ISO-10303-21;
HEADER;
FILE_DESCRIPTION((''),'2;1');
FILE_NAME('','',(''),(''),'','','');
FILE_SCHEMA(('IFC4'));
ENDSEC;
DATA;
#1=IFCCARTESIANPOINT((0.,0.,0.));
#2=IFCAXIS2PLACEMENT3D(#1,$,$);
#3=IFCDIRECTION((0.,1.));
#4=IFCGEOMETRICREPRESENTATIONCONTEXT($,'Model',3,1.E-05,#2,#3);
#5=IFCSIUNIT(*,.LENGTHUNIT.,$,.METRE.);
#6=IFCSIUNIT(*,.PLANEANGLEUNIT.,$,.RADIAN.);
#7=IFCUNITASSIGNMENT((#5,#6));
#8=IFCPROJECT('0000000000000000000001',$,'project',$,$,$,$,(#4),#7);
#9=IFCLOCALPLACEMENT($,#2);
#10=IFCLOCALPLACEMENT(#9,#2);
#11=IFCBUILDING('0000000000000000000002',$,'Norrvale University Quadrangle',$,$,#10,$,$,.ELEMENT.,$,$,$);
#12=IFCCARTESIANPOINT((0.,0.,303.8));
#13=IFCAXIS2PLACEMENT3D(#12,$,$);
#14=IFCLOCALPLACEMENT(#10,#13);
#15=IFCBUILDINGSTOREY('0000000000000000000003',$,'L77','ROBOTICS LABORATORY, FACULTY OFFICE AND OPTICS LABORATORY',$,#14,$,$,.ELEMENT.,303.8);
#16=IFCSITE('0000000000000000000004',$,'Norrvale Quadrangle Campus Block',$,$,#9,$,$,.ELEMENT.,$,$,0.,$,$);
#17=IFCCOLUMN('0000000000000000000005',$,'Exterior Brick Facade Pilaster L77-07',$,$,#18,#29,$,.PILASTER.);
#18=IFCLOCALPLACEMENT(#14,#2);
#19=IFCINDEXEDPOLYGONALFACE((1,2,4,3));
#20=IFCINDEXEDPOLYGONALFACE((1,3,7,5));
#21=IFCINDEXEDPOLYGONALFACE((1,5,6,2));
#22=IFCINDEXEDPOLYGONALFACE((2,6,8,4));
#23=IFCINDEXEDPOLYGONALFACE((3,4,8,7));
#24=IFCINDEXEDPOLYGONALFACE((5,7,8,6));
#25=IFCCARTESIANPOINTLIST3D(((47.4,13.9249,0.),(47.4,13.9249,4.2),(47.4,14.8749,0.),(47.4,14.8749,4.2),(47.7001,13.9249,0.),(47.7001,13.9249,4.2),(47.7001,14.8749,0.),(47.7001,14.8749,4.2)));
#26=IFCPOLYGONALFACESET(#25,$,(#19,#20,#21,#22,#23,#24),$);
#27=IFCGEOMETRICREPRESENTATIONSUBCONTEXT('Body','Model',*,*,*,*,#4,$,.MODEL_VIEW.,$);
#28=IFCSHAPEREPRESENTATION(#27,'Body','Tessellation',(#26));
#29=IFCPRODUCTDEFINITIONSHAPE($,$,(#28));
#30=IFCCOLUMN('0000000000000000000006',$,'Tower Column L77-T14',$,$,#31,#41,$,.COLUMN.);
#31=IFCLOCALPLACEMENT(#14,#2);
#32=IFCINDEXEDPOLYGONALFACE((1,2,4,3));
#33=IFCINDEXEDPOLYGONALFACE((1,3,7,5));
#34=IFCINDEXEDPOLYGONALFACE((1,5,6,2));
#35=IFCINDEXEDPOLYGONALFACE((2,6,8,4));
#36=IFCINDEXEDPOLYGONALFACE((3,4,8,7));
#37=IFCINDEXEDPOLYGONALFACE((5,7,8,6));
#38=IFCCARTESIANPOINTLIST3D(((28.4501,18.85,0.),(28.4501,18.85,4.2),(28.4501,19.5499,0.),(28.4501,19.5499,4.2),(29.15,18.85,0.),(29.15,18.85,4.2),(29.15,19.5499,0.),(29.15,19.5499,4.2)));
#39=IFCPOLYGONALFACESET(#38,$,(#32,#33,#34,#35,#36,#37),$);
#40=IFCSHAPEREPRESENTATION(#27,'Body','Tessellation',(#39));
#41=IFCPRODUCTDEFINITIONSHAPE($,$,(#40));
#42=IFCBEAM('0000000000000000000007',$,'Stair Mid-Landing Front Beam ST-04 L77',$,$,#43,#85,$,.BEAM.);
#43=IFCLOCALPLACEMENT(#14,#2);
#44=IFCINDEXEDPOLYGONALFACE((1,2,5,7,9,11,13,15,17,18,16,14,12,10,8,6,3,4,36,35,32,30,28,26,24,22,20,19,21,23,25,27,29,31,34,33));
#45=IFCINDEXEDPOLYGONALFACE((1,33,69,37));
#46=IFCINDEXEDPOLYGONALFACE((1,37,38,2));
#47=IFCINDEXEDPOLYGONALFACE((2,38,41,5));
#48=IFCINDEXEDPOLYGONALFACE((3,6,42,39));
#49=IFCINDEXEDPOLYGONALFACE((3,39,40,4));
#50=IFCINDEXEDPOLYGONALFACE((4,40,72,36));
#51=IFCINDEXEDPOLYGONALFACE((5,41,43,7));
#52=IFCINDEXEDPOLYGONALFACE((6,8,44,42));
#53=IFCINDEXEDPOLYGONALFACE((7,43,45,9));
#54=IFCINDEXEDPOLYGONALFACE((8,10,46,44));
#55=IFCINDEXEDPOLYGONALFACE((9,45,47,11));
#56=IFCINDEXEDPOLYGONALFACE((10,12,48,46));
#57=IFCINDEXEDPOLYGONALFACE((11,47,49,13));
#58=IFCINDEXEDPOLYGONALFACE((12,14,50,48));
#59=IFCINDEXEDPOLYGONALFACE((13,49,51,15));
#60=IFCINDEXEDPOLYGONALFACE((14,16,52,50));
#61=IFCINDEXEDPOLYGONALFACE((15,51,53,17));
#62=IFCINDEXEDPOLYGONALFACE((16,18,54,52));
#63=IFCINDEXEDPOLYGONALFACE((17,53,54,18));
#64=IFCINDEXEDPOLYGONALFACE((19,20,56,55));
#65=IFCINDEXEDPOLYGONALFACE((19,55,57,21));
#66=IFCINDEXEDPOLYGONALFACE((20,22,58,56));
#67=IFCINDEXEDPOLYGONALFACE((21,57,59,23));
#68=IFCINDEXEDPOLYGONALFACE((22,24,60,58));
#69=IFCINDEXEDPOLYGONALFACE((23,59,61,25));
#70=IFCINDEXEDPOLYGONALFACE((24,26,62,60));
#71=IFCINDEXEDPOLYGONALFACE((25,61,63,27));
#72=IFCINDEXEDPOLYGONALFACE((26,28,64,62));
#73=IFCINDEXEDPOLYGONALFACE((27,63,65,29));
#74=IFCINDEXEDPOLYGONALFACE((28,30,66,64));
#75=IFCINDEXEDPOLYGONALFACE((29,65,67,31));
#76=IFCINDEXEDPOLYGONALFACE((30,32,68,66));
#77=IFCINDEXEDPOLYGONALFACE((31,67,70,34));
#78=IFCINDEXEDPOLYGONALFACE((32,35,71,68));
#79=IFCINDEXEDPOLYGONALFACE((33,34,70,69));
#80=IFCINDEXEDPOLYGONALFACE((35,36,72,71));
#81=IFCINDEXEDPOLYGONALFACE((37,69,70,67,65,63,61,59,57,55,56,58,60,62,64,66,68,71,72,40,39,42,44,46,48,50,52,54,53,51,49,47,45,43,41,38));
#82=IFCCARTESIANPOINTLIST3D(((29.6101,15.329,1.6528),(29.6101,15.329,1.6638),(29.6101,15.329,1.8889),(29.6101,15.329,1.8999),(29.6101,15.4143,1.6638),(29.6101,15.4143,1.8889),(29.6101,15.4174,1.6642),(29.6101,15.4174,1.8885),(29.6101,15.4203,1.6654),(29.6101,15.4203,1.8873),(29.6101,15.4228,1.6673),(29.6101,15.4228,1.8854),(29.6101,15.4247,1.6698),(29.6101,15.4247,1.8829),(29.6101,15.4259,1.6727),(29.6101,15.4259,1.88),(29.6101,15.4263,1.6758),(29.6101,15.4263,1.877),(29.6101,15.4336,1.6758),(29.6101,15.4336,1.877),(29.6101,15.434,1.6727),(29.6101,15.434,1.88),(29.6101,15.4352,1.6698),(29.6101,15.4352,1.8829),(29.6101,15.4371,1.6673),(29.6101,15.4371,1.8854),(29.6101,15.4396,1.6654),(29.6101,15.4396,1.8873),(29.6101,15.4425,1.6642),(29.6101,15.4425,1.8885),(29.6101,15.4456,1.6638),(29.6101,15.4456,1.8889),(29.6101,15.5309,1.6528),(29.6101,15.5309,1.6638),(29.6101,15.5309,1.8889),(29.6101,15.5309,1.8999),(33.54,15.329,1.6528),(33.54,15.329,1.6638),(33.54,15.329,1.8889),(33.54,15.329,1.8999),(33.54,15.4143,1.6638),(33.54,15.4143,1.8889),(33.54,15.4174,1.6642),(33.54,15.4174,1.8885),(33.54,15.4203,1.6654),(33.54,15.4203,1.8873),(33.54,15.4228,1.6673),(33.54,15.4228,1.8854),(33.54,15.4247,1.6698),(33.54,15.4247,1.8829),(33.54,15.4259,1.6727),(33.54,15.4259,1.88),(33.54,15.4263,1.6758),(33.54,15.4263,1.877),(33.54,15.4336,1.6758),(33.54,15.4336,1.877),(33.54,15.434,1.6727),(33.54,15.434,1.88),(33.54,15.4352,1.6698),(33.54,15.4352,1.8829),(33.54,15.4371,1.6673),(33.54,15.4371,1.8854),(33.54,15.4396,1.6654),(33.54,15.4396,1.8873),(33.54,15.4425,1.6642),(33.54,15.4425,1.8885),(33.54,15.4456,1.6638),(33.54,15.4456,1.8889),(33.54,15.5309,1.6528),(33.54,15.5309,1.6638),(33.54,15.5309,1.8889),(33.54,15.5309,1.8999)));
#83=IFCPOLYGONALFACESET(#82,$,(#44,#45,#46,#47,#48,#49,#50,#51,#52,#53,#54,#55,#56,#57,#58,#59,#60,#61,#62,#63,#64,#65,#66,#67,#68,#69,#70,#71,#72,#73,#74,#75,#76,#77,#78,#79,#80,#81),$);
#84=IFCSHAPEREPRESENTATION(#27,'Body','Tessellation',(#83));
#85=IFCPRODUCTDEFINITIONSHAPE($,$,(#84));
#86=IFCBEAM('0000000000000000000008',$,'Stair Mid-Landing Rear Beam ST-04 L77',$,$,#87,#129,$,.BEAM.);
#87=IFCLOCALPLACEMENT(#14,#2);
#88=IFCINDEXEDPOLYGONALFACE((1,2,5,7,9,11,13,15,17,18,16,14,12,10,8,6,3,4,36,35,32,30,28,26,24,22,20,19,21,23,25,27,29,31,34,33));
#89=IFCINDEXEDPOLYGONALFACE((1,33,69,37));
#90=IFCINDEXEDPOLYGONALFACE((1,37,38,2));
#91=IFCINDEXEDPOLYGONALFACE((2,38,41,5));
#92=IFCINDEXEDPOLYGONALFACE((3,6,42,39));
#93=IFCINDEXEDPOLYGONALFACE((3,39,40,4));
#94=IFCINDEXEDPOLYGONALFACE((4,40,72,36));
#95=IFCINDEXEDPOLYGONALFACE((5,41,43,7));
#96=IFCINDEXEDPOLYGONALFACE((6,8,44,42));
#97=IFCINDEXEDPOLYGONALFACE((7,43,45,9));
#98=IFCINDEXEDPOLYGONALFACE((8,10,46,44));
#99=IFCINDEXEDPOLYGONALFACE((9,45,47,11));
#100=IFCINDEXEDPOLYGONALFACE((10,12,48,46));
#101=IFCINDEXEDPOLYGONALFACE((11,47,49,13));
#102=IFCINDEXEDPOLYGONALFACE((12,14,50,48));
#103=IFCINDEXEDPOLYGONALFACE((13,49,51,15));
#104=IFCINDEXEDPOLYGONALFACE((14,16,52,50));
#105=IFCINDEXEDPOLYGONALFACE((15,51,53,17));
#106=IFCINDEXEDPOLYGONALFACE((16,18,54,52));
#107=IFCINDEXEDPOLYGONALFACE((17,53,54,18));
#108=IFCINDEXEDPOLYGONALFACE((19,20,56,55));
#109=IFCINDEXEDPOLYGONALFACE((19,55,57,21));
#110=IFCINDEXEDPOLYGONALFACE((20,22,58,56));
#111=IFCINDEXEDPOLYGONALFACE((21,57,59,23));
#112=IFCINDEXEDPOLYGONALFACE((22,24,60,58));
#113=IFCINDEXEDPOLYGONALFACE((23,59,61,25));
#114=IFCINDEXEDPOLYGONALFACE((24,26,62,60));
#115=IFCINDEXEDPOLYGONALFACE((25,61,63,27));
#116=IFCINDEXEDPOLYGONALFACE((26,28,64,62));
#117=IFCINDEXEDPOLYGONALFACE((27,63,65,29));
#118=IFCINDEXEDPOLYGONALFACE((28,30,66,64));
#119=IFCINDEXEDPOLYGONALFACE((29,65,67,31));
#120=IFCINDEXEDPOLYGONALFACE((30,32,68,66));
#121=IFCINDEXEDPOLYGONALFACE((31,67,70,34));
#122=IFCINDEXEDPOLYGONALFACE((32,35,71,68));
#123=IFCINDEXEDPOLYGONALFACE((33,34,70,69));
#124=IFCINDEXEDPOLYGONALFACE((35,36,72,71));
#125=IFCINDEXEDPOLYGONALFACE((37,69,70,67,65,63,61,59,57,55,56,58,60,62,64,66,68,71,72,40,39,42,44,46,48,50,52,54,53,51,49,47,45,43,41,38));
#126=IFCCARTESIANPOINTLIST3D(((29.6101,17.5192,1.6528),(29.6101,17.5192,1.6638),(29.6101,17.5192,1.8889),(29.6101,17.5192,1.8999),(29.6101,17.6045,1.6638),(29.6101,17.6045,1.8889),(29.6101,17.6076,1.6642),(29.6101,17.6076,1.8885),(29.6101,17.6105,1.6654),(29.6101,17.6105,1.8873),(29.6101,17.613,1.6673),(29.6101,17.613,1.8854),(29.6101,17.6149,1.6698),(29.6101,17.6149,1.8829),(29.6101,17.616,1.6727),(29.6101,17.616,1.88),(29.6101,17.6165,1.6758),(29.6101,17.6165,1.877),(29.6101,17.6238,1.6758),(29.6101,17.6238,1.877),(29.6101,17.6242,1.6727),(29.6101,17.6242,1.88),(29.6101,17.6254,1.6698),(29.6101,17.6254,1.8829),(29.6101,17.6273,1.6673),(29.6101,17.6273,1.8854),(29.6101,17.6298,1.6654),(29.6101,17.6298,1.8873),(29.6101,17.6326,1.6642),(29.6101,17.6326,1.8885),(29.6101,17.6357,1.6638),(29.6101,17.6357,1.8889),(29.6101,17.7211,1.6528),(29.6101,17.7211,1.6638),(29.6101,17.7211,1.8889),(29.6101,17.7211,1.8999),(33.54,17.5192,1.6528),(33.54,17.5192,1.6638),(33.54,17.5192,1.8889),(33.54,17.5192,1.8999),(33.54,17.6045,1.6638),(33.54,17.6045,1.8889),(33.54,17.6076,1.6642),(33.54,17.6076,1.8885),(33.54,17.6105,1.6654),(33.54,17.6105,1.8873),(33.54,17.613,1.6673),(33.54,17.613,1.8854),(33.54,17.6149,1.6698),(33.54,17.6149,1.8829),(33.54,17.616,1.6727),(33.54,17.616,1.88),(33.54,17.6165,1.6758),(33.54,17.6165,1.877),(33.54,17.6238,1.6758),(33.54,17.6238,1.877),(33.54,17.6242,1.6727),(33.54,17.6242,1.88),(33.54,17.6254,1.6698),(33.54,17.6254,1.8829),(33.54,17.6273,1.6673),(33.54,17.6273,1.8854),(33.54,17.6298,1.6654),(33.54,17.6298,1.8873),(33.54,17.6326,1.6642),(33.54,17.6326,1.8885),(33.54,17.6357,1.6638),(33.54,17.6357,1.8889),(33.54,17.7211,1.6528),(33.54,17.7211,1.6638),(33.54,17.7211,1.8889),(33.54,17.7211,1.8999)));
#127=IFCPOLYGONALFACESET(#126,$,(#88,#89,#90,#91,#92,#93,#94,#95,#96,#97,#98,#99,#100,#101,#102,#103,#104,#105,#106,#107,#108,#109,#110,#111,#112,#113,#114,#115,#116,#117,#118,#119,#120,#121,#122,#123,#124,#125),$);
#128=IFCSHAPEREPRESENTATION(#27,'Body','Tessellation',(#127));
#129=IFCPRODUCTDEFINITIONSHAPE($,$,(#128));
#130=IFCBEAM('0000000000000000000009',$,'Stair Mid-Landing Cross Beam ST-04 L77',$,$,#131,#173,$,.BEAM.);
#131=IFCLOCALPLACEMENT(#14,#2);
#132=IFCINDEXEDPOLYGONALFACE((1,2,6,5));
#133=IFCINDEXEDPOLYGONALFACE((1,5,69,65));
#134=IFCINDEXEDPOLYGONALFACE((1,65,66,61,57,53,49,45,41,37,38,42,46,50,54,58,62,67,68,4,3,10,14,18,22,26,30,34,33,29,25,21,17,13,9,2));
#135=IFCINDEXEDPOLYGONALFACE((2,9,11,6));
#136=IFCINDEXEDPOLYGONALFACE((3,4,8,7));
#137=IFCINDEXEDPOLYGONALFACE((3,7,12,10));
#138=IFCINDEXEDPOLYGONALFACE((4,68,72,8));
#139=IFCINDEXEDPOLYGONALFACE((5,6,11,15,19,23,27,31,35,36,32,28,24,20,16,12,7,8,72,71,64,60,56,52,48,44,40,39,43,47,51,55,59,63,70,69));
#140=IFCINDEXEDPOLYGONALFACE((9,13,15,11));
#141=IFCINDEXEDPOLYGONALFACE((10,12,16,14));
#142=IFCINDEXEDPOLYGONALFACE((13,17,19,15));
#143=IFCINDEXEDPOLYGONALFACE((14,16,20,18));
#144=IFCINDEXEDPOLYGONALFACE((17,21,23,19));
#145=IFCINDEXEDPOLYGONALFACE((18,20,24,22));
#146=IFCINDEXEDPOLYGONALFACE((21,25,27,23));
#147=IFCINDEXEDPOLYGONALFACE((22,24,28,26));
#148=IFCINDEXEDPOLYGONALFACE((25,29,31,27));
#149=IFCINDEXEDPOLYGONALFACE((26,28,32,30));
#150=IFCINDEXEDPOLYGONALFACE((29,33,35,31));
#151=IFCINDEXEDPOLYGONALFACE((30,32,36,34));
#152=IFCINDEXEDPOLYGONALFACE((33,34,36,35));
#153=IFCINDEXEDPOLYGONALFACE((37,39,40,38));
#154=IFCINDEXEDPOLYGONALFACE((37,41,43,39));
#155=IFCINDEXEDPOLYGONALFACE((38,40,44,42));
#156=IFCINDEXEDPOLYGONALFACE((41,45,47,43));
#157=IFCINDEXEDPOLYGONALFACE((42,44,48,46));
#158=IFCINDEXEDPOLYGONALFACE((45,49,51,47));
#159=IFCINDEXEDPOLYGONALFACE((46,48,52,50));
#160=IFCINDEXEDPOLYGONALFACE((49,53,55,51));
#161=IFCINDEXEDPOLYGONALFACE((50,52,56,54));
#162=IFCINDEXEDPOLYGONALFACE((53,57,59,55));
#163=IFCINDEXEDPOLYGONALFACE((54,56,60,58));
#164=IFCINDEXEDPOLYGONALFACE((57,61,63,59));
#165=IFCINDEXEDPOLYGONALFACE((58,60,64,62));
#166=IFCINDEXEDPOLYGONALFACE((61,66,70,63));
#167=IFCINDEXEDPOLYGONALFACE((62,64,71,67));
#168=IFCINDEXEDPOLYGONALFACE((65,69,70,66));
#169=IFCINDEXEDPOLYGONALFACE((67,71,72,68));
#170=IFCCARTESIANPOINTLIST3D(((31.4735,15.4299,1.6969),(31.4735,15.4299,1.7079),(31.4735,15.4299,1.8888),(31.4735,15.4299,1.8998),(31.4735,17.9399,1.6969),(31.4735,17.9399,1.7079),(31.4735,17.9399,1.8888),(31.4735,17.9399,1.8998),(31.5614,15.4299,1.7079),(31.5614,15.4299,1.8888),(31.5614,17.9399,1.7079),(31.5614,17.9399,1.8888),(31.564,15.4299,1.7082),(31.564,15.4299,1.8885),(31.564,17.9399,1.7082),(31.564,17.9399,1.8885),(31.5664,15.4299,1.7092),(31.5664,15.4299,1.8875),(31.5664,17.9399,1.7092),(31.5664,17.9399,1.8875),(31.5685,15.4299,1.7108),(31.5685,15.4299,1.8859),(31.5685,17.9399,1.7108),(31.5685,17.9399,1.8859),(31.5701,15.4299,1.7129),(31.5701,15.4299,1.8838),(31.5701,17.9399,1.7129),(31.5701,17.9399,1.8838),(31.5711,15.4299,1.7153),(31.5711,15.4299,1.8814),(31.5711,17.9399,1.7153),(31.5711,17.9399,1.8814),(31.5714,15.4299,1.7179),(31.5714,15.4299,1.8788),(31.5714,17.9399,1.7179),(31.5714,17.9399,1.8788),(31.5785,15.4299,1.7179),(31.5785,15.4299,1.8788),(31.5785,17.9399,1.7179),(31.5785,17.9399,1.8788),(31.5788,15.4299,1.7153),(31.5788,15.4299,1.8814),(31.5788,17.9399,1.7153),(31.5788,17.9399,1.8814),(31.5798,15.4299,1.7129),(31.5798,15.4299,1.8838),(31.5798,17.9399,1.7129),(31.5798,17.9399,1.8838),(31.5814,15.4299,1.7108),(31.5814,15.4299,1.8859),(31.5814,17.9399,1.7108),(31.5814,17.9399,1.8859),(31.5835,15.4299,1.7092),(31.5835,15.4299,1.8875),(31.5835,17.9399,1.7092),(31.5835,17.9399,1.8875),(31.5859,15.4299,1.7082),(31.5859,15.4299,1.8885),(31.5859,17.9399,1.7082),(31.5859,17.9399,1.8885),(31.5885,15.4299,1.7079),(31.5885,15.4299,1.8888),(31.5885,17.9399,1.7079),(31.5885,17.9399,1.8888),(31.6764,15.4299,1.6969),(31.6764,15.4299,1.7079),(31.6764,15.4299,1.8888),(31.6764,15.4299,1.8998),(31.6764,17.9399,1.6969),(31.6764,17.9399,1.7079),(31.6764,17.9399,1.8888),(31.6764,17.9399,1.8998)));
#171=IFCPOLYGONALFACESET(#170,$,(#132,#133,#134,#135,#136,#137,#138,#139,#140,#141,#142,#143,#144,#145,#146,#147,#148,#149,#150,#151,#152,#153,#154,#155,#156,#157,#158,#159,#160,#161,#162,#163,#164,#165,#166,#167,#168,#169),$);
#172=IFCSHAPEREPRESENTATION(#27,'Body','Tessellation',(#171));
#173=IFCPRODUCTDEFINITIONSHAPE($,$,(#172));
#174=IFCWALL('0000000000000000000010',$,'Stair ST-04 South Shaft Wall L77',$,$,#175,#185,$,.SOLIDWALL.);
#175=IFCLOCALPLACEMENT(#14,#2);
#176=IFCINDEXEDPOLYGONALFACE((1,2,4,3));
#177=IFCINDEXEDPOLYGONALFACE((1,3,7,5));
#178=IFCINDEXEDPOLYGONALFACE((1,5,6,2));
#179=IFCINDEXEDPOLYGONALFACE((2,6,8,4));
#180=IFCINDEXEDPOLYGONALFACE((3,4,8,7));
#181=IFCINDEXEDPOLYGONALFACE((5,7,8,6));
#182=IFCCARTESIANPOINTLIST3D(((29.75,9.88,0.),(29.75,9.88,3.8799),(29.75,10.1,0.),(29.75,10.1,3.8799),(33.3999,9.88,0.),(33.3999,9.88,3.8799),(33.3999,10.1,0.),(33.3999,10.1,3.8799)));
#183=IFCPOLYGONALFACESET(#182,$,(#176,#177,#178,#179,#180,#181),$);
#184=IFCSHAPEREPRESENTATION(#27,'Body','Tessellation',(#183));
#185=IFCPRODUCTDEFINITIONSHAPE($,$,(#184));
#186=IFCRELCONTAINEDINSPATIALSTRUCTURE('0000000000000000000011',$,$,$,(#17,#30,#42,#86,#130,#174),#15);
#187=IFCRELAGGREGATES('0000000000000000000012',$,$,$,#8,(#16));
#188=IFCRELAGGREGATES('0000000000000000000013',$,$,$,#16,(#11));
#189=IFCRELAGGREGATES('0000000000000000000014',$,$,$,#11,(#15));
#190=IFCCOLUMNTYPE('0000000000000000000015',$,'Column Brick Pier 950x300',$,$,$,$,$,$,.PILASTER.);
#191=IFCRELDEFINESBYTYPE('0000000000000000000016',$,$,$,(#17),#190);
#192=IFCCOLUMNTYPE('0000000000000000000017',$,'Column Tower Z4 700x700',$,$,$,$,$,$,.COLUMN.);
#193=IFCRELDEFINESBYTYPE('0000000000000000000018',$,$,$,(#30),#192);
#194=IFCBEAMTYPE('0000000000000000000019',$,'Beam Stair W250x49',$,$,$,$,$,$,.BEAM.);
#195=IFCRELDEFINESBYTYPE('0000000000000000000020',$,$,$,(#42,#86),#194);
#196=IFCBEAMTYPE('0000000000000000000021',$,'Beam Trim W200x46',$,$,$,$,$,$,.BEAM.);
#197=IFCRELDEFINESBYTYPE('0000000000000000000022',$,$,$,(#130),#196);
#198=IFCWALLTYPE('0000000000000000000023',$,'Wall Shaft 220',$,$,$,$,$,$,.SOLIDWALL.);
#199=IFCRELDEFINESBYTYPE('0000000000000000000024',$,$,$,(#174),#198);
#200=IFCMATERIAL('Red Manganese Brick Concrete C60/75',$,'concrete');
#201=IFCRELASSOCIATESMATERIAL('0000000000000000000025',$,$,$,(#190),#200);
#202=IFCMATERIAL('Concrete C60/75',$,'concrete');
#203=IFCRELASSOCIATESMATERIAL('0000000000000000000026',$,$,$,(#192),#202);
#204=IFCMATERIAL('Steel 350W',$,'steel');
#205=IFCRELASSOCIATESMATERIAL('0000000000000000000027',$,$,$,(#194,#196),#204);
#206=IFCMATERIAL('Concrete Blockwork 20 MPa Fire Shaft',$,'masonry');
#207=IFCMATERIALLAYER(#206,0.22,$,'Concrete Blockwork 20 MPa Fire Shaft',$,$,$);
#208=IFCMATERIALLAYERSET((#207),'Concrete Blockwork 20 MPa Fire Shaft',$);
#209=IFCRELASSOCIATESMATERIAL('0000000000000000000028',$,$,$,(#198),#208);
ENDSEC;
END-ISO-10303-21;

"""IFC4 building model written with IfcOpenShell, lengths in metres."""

from ifc_helpers import new_model, si_unit, direction, frame, frame_2d, origin, origin_2d, place, context, subcontext, project, spatial, rectangle, i_section, extrude, material, layer, layer_set, material_profile, profile_set, type_object, element, save


model = new_model("IFC4")

# Units and contexts
model_context = context("Model", 3, precision=1e-05, world=origin(), true_north=direction((0.0, 1.0)))
body_context = subcontext(model_context, "Body", "Model", "MODEL_VIEW")
ifc_project = project(units=[si_unit("LENGTHUNIT", "METRE"), si_unit("PLANEANGLEUNIT", "RADIAN")], contexts=[model_context])

# Site, building, storey
site_placement = place(None, origin())
site = spatial("IfcSite", under=ifc_project, at=site_placement, Name="Norrvale Quadrangle Campus Block", CompositionType="ELEMENT", RefElevation=0.0)
building_placement = place(site_placement, origin())
building = spatial("IfcBuilding", under=site, at=building_placement, Name="Norrvale University Quadrangle", CompositionType="ELEMENT")
storey_placement = place(building_placement, frame((0.0, 0.0, 303.8)))
storey = spatial("IfcBuildingStorey", under=building, at=storey_placement, Name="L77", Description="ROBOTICS LABORATORY, FACULTY OFFICE AND OPTICS LABORATORY", CompositionType="ELEMENT", Elevation=303.8)

# Columns
ifc_material_1 = material(Name="Red Manganese Brick Concrete C60/75", Category="concrete")
ifc_material_profile_1 = material_profile(ifc_material_1, rectangle(XDim=0.95, YDim=0.3, at=origin_2d()), Name="Red Manganese Brick Concrete C60/75")
ifc_profile_set_1 = profile_set([ifc_material_profile_1], Name="Red Manganese Brick Concrete C60/75")
column_type_1 = type_object("IfcColumnType", Name="Column Brick Pier 950x300", PredefinedType="PILASTER", material=ifc_profile_set_1)
column_1_placement = place(storey_placement, frame((47.55, 14.3999, 0.0), z_axis=(0.0, 0.0, 1.0), x_axis=(0.0, 1.0, 0.0)))
element("IfcColumn", 1, at=column_1_placement, inside=storey, type_object=column_type_1, Name="Exterior Brick Facade Pilaster L77-07", PredefinedType="PILASTER", context=body_context, shape_type="SweptSolid", body=[
    extrude(rectangle(XDim=0.95, YDim=0.3, at=origin_2d()), origin(), (0.0, 0.0, 1.0), 4.2),
])
ifc_material_2 = material(Name="Concrete C60/75", Category="concrete")
ifc_material_profile_2 = material_profile(ifc_material_2, rectangle(XDim=0.7, YDim=0.7, at=origin_2d()), Name="Concrete C60/75")
ifc_profile_set_2 = profile_set([ifc_material_profile_2], Name="Concrete C60/75")
column_type_2 = type_object("IfcColumnType", Name="Column Tower Z4 700x700", PredefinedType="COLUMN", material=ifc_profile_set_2)
column_2_placement = place(storey_placement, frame((28.8, 19.2, 0.0), z_axis=(0.0, 0.0, 1.0), x_axis=(1.0, 0.0, 0.0)))
element("IfcColumn", 2, at=column_2_placement, inside=storey, type_object=column_type_2, Name="Tower Column L77-T14", PredefinedType="COLUMN", context=body_context, shape_type="SweptSolid", body=[
    extrude(rectangle(XDim=0.7, YDim=0.7, at=origin_2d()), origin(), (0.0, 0.0, 1.0), 4.2),
])

# Beams
ifc_material_3 = material(Name="Steel 350W", Category="steel")
ifc_material_profile_3 = material_profile(ifc_material_3, i_section(OverallWidth=0.2019, OverallDepth=0.2471, WebThickness=0.0073, FlangeThickness=0.011, FilletRadius=0.012, at=origin_2d()), Name="Steel 350W")
ifc_profile_set_3 = profile_set([ifc_material_profile_3], Name="Steel 350W")
beam_type_1 = type_object("IfcBeamType", Name="Beam Stair W250x49", PredefinedType="BEAM", material=ifc_profile_set_3)
for number, where, z_axis, x_axis, name in (
    (3, (29.6101, 15.4299, 1.7764), (1.0, 0.0, 0.0), (0.0, 1.0, 0.0), "Stair Mid-Landing Front Beam ST-04 L77"),
    (4, (29.6101, 17.6201, 1.7764), (1.0, 0.0, 0.0), (0.0, 1.0, 0.0), "Stair Mid-Landing Rear Beam ST-04 L77"),
):
    element("IfcBeam", number, at=place(storey_placement, frame(where, z_axis=z_axis, x_axis=x_axis)), inside=storey, type_object=beam_type_1, Name=name, PredefinedType="BEAM", context=body_context, shape_type="SweptSolid", body=[
        extrude(i_section(OverallWidth=0.2019, OverallDepth=0.2471, WebThickness=0.0073, FlangeThickness=0.011, FilletRadius=0.012, at=origin_2d()), origin(), (0.0, 0.0, 1.0), 3.9299),
    ])
ifc_material_profile_4 = material_profile(ifc_material_3, i_section(OverallWidth=0.2029, OverallDepth=0.2029, WebThickness=0.0071, FlangeThickness=0.011, FilletRadius=0.01, at=origin_2d()), Name="Steel 350W")
ifc_profile_set_4 = profile_set([ifc_material_profile_4], Name="Steel 350W")
beam_type_2 = type_object("IfcBeamType", Name="Beam Trim W200x46", PredefinedType="BEAM", material=ifc_profile_set_4)
beam_placement = place(storey_placement, frame((31.575, 15.4299, 1.7983), z_axis=(0.0, 1.0, 0.0), x_axis=(-1.0, 0.0, 0.0)))
element("IfcBeam", 5, at=beam_placement, inside=storey, type_object=beam_type_2, Name="Stair Mid-Landing Cross Beam ST-04 L77", PredefinedType="BEAM", context=body_context, shape_type="SweptSolid", body=[
    extrude(i_section(OverallWidth=0.2029, OverallDepth=0.2029, WebThickness=0.0071, FlangeThickness=0.011, FilletRadius=0.01, at=origin_2d()), origin(), (0.0, 0.0, 1.0), 2.51),
])

# Wall
ifc_material_4 = material(Name="Concrete Blockwork 20 MPa Fire Shaft", Category="masonry")
ifc_layer = layer(ifc_material_4, 0.22, Name="Concrete Blockwork 20 MPa Fire Shaft")
ifc_layer_set = layer_set([ifc_layer], Name="Concrete Blockwork 20 MPa Fire Shaft")
wall_type = type_object("IfcWallType", Name="Wall Shaft 220", PredefinedType="SOLIDWALL", material=ifc_layer_set)
wall_1_placement = place(storey_placement, frame((29.75, 9.99, 0.0), z_axis=(0.0, 0.0, 1.0), x_axis=(1.0, 0.0, 0.0)))
element("IfcWall", 6, at=wall_1_placement, inside=storey, type_object=wall_type, Name="Stair ST-04 South Shaft Wall L77", PredefinedType="SOLIDWALL", context=body_context, shape_type="SweptSolid", body=[
    extrude(rectangle(XDim=3.6499, YDim=0.22, at=frame_2d((1.825, 0.0))), origin(), (0.0, 0.0, 1.0), 3.8799),
])

save(model, "model.ifc")
